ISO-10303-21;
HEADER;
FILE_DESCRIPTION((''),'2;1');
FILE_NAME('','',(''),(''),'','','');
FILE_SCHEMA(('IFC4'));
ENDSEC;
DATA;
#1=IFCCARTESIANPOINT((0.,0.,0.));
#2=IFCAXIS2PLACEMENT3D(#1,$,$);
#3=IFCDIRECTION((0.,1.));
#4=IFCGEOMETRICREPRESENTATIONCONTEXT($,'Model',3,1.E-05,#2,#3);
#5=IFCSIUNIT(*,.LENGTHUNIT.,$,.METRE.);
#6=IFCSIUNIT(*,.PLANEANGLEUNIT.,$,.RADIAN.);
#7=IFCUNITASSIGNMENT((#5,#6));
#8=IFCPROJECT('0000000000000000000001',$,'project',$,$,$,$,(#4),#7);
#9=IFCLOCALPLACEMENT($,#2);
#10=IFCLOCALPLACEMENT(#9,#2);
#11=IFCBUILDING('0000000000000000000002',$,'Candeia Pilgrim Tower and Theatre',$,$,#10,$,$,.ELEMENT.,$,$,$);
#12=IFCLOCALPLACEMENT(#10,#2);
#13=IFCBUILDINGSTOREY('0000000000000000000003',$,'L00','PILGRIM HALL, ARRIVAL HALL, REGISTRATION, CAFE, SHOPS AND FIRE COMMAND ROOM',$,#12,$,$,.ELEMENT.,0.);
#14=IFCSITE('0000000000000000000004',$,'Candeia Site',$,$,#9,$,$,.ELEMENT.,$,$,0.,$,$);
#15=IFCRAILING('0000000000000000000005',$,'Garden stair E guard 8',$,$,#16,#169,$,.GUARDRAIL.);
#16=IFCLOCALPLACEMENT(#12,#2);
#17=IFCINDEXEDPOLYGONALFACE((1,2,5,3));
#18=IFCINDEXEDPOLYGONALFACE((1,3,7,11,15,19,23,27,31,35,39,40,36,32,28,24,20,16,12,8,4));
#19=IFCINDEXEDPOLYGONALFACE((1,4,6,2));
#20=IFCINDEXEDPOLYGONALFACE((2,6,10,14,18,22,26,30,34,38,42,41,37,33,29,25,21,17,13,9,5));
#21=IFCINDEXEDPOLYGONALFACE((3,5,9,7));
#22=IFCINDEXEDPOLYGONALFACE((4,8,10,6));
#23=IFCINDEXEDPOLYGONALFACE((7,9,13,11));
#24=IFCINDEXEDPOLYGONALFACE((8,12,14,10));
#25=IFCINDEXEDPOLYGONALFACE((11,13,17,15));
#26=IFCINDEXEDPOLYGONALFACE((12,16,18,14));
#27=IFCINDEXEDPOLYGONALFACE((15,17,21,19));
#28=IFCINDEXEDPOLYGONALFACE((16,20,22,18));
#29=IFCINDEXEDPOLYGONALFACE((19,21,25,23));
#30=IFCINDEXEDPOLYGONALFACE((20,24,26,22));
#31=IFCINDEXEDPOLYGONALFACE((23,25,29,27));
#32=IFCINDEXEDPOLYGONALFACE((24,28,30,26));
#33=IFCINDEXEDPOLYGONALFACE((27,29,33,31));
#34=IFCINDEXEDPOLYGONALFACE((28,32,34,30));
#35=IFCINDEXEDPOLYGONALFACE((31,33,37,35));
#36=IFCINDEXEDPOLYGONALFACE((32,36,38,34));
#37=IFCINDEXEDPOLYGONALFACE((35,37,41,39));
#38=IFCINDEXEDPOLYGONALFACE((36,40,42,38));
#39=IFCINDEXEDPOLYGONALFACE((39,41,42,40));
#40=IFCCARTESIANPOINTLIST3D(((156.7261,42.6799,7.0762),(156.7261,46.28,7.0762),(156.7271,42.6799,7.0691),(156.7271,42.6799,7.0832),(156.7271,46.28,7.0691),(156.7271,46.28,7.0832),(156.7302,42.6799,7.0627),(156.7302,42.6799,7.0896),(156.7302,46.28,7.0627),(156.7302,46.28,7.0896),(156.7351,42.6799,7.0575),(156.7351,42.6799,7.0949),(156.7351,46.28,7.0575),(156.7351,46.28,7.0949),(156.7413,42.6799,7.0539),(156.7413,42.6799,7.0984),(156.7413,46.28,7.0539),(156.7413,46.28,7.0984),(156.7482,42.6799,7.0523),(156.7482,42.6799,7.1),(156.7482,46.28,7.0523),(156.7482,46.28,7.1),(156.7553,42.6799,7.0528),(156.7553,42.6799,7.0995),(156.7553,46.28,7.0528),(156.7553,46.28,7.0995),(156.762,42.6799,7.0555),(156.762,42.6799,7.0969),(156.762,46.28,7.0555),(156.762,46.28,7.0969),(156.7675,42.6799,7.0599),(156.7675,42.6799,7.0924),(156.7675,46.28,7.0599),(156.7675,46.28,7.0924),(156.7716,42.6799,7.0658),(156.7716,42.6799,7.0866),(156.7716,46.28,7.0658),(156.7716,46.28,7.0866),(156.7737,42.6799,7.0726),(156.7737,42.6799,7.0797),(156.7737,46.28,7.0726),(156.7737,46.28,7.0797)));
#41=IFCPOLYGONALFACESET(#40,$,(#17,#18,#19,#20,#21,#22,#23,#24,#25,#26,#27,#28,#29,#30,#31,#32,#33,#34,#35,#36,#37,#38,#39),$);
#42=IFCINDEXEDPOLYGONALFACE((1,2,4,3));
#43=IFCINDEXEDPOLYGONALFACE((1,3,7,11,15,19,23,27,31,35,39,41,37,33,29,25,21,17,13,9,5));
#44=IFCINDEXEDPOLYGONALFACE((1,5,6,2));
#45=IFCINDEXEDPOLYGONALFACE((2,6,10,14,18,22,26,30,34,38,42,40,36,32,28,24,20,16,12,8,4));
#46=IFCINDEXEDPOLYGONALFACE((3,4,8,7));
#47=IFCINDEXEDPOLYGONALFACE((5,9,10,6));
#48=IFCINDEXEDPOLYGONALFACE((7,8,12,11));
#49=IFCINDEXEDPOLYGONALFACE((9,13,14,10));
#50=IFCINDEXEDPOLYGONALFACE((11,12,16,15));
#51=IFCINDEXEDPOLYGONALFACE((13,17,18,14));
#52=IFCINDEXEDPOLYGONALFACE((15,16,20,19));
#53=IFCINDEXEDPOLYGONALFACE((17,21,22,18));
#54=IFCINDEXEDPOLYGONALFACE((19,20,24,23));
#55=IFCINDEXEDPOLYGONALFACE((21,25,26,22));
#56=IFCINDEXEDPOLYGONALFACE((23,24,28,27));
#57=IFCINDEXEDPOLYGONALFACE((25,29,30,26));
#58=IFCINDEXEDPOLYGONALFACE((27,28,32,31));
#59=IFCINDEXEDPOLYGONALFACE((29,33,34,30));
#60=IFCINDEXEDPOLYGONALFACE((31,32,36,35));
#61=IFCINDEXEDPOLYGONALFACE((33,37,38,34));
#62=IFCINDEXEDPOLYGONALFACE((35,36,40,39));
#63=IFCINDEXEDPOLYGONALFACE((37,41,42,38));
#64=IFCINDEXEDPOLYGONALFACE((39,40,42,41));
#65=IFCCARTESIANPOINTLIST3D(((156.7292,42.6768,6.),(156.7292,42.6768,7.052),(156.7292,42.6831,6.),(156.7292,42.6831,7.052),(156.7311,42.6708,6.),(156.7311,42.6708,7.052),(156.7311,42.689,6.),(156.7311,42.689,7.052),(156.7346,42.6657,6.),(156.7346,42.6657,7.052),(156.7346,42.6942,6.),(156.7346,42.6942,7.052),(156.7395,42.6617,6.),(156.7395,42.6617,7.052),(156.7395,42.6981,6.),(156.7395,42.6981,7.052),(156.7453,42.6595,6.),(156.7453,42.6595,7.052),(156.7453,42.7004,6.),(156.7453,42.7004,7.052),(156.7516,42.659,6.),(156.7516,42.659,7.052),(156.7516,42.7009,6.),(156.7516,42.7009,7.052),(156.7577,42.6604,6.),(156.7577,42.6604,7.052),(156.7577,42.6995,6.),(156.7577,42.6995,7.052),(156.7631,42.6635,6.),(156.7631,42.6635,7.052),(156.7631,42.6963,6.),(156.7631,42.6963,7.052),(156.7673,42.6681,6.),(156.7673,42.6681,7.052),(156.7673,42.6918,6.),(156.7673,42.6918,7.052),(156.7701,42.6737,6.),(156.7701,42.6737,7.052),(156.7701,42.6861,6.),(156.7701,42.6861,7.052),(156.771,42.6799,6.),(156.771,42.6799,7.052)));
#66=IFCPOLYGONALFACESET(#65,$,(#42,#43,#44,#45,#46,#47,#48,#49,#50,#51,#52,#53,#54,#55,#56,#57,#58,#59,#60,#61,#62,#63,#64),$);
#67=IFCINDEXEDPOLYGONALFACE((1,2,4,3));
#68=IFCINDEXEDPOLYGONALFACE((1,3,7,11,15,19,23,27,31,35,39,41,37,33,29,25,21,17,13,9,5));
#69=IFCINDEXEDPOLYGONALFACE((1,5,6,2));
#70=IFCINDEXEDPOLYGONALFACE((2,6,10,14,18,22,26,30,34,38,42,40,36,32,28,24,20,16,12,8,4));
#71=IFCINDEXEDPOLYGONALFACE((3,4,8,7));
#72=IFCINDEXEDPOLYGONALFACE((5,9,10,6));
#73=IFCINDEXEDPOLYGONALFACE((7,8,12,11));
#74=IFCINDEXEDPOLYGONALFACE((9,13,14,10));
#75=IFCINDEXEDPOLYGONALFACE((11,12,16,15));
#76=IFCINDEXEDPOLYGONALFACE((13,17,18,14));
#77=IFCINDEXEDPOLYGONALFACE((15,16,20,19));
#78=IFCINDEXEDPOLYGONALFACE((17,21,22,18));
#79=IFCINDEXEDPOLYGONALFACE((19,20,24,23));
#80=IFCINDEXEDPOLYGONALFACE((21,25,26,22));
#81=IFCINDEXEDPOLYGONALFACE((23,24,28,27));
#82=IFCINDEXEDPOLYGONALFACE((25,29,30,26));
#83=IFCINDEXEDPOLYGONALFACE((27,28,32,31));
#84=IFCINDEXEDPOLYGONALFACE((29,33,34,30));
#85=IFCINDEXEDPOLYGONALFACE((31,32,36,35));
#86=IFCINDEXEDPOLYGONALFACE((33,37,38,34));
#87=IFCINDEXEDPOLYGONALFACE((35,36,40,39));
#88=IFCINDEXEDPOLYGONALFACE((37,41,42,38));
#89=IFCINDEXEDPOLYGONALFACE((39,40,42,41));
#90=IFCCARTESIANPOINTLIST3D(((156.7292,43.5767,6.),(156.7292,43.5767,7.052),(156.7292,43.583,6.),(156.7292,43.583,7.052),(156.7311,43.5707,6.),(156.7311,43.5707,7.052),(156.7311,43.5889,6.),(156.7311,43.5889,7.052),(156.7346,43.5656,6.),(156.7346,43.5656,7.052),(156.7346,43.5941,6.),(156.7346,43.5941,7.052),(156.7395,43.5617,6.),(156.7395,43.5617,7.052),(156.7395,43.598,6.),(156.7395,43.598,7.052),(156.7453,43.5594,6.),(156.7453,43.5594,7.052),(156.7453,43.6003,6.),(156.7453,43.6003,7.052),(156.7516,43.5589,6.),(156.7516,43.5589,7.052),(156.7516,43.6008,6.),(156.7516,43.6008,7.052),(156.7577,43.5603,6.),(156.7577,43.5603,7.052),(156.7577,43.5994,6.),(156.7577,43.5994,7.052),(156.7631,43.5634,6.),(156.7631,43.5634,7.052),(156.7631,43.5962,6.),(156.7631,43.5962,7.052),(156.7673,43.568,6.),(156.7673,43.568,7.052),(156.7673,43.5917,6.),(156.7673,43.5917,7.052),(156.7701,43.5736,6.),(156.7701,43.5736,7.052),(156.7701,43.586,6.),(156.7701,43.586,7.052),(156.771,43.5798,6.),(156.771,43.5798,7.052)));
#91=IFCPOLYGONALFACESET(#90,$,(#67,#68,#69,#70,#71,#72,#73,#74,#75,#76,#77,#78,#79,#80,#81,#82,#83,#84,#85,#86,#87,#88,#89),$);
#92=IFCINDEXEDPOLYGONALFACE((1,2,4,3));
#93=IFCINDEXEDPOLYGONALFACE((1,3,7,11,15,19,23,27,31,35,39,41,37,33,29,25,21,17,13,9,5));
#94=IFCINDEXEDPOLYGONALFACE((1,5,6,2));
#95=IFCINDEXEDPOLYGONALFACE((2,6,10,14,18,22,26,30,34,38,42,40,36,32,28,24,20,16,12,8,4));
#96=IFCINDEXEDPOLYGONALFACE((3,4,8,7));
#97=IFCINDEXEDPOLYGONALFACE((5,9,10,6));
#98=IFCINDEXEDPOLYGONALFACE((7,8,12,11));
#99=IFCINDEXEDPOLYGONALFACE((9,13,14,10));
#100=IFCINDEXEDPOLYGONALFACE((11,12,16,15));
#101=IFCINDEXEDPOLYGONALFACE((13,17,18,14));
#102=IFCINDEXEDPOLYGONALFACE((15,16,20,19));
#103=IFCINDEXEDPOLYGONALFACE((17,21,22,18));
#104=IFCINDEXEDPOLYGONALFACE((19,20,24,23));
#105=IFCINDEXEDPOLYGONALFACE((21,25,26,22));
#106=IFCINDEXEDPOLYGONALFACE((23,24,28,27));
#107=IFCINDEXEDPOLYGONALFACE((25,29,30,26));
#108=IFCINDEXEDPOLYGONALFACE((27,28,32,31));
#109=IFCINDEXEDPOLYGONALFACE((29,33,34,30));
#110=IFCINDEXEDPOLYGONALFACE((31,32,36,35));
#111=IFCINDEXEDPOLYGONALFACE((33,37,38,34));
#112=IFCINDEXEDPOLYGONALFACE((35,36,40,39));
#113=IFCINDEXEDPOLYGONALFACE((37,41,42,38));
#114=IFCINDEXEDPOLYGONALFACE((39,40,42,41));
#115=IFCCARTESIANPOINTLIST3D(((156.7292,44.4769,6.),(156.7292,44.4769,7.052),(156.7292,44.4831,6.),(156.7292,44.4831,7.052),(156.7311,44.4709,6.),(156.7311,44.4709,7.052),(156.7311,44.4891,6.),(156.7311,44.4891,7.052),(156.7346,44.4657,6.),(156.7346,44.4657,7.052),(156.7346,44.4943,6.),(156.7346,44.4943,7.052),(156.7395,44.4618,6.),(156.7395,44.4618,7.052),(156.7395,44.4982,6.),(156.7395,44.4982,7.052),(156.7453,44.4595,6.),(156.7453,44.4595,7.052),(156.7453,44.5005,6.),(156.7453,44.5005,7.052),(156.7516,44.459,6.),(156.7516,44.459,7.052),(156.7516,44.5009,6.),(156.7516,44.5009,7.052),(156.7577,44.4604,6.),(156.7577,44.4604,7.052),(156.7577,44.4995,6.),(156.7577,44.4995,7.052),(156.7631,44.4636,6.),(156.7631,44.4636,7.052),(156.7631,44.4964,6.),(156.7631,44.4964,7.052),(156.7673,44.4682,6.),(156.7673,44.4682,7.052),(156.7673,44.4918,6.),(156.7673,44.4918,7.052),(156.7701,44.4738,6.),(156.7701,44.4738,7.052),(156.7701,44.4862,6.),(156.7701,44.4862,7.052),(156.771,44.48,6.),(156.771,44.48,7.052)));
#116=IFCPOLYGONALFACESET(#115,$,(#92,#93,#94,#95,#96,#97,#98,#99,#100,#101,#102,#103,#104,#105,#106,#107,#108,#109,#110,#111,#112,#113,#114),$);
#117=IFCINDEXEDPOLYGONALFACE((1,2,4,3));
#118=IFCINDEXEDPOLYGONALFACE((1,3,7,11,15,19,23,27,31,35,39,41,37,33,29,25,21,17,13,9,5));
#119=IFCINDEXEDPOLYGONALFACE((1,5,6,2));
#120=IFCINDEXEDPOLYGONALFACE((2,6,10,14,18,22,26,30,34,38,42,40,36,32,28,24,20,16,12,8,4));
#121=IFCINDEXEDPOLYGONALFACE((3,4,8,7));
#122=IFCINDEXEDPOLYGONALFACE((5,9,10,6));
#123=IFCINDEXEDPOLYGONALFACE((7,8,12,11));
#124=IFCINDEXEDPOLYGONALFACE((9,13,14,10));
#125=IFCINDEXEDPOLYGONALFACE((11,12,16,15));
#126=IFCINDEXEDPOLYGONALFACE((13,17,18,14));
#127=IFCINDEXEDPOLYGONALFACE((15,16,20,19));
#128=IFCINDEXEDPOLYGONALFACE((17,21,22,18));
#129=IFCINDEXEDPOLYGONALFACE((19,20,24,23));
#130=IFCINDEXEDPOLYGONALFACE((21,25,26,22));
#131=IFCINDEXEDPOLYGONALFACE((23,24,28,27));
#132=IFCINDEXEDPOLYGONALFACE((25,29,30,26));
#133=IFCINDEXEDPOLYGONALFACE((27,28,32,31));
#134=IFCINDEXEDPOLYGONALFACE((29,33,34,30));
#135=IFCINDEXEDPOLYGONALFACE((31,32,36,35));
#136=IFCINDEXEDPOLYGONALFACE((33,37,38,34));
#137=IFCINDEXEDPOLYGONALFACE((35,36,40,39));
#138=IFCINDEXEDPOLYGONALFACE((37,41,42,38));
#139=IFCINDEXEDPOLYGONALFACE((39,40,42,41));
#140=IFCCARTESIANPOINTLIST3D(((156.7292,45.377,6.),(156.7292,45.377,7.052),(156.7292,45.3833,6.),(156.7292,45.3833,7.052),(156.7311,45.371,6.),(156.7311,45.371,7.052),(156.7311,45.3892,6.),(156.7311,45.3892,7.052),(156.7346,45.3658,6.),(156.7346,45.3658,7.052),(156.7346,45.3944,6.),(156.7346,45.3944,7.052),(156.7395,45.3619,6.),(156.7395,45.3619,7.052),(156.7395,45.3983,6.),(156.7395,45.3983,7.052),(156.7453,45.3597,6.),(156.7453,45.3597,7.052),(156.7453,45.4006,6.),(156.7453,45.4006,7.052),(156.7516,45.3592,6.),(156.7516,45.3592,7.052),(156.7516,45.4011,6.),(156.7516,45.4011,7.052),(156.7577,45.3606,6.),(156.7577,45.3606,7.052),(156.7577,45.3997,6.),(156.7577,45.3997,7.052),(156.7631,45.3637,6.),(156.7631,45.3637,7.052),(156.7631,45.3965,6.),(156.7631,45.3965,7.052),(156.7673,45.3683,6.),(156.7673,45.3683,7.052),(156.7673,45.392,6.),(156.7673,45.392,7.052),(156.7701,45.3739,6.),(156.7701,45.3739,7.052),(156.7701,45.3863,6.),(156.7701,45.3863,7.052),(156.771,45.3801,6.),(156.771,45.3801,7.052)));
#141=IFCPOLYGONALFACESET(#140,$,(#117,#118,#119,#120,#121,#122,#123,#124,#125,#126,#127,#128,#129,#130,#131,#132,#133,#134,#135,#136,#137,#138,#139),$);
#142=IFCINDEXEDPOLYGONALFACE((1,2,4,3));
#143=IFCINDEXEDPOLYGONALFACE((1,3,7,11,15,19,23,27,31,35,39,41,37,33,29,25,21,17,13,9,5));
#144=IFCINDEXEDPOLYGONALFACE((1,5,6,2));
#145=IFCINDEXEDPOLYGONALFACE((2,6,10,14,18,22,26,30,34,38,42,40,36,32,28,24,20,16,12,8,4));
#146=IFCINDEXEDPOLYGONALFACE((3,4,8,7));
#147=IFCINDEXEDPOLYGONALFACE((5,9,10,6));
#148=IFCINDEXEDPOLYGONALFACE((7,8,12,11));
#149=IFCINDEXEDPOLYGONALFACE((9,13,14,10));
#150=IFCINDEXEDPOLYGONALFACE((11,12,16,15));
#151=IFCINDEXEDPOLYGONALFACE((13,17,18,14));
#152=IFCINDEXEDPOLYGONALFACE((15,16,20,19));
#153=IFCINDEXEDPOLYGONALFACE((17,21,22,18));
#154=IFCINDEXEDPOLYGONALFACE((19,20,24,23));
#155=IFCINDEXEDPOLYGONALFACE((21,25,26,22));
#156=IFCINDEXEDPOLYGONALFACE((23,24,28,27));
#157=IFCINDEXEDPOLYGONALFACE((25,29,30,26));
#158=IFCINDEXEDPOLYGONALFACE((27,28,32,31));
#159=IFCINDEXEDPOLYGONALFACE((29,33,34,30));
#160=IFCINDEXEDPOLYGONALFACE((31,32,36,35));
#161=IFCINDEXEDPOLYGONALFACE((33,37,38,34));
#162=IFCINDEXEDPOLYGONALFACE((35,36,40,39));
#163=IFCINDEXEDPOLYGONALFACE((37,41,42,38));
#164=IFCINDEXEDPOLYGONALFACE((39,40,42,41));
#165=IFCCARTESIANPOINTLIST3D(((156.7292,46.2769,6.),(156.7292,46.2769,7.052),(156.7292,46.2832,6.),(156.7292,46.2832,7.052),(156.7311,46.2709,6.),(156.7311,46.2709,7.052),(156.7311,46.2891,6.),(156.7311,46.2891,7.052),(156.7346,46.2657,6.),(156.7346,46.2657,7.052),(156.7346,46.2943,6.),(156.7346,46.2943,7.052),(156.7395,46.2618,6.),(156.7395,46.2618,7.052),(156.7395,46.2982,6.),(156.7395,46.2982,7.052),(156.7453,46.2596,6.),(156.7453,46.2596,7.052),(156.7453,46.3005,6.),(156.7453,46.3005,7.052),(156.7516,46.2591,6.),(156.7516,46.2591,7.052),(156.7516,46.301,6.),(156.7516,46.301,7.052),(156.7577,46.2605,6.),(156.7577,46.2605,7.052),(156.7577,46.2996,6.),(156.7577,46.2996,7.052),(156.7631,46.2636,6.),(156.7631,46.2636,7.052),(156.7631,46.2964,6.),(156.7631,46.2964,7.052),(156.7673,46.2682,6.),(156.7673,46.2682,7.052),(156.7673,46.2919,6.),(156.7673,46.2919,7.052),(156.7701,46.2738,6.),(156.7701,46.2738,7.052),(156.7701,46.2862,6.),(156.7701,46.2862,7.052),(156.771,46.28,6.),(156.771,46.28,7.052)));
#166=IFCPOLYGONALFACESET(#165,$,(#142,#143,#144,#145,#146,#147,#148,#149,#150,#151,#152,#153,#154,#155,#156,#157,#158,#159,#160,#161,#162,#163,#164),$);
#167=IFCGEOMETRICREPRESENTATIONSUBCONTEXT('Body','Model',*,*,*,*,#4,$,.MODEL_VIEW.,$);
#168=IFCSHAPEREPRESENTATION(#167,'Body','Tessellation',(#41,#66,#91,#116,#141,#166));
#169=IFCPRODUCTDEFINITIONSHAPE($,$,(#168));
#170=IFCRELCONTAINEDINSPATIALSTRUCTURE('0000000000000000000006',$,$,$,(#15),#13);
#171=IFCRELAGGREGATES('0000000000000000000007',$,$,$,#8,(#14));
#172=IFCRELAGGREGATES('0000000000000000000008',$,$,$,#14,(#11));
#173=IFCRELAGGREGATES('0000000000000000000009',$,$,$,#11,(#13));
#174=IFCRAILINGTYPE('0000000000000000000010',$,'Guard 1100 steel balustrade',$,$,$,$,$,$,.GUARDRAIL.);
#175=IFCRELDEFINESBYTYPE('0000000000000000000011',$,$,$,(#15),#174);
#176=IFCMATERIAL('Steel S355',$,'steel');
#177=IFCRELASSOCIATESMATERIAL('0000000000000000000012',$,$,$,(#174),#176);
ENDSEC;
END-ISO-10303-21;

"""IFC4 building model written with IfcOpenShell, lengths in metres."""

from ifc_helpers import new_model, si_unit, direction, frame, origin, origin_2d, place, context, subcontext, project, spatial, circle, extrude, material, type_object, element, save


model = new_model("IFC4")

# Units and contexts
model_context = context("Model", 3, precision=1e-05, world=origin(), true_north=direction((0.0, 1.0)))
body_context = subcontext(model_context, "Body", "Model", "MODEL_VIEW")
ifc_project = project(units=[si_unit("LENGTHUNIT", "METRE"), si_unit("PLANEANGLEUNIT", "RADIAN")], contexts=[model_context])

# Site, building, storey
site_placement = place(None, origin())
site = spatial("IfcSite", under=ifc_project, at=site_placement, Name="Candeia Site", CompositionType="ELEMENT", RefElevation=0.0)
building_placement = place(site_placement, origin())
building = spatial("IfcBuilding", under=site, at=building_placement, Name="Candeia Pilgrim Tower and Theatre", CompositionType="ELEMENT")
storey_placement = place(building_placement, origin())
storey = spatial("IfcBuildingStorey", under=building, at=storey_placement, Name="L00", Description="PILGRIM HALL, ARRIVAL HALL, REGISTRATION, CAFE, SHOPS AND FIRE COMMAND ROOM", CompositionType="ELEMENT", Elevation=0.0)

# Railing
ifc_material_1 = material(Name="Steel S355", Category="steel")
railing_type_1 = type_object("IfcRailingType", Name="Guard 1100 steel balustrade", PredefinedType="GUARDRAIL", material=ifc_material_1)
for number, where, name in (
    (1, (156.75, 42.6799, 6.0), "Garden stair E guard 8"),
):
    element("IfcRailing", number, at=place(storey_placement, frame(where)), inside=storey, type_object=railing_type_1, Name=name, PredefinedType="GUARDRAIL", context=body_context, shape_type="SweptSolid", body=[
        extrude(circle(Radius=0.0239, at=origin_2d()), frame((0.0, 0.0, 1.0762), z_axis=(0.0, 1.0, 0.0), x_axis=(-1.0, 0.0, 0.0)), (0.0, 0.0, 1.0), 3.6001),
        extrude(circle(Radius=0.021, at=origin_2d()), origin(), (0.0, 0.0, 1.0), 1.052),
        extrude(circle(Radius=0.021, at=origin_2d()), frame((0.0, 0.8999, 0.0)), (0.0, 0.0, 1.0), 1.052),
        extrude(circle(Radius=0.021, at=origin_2d()), frame((0.0, 1.8, 0.0)), (0.0, 0.0, 1.0), 1.052),
        extrude(circle(Radius=0.021, at=origin_2d()), frame((0.0, 2.7002, 0.0)), (0.0, 0.0, 1.0), 1.052),
        extrude(circle(Radius=0.021, at=origin_2d()), frame((0.0, 3.6001, 0.0)), (0.0, 0.0, 1.0), 1.052),
    ])

save(model, "model.ifc")
